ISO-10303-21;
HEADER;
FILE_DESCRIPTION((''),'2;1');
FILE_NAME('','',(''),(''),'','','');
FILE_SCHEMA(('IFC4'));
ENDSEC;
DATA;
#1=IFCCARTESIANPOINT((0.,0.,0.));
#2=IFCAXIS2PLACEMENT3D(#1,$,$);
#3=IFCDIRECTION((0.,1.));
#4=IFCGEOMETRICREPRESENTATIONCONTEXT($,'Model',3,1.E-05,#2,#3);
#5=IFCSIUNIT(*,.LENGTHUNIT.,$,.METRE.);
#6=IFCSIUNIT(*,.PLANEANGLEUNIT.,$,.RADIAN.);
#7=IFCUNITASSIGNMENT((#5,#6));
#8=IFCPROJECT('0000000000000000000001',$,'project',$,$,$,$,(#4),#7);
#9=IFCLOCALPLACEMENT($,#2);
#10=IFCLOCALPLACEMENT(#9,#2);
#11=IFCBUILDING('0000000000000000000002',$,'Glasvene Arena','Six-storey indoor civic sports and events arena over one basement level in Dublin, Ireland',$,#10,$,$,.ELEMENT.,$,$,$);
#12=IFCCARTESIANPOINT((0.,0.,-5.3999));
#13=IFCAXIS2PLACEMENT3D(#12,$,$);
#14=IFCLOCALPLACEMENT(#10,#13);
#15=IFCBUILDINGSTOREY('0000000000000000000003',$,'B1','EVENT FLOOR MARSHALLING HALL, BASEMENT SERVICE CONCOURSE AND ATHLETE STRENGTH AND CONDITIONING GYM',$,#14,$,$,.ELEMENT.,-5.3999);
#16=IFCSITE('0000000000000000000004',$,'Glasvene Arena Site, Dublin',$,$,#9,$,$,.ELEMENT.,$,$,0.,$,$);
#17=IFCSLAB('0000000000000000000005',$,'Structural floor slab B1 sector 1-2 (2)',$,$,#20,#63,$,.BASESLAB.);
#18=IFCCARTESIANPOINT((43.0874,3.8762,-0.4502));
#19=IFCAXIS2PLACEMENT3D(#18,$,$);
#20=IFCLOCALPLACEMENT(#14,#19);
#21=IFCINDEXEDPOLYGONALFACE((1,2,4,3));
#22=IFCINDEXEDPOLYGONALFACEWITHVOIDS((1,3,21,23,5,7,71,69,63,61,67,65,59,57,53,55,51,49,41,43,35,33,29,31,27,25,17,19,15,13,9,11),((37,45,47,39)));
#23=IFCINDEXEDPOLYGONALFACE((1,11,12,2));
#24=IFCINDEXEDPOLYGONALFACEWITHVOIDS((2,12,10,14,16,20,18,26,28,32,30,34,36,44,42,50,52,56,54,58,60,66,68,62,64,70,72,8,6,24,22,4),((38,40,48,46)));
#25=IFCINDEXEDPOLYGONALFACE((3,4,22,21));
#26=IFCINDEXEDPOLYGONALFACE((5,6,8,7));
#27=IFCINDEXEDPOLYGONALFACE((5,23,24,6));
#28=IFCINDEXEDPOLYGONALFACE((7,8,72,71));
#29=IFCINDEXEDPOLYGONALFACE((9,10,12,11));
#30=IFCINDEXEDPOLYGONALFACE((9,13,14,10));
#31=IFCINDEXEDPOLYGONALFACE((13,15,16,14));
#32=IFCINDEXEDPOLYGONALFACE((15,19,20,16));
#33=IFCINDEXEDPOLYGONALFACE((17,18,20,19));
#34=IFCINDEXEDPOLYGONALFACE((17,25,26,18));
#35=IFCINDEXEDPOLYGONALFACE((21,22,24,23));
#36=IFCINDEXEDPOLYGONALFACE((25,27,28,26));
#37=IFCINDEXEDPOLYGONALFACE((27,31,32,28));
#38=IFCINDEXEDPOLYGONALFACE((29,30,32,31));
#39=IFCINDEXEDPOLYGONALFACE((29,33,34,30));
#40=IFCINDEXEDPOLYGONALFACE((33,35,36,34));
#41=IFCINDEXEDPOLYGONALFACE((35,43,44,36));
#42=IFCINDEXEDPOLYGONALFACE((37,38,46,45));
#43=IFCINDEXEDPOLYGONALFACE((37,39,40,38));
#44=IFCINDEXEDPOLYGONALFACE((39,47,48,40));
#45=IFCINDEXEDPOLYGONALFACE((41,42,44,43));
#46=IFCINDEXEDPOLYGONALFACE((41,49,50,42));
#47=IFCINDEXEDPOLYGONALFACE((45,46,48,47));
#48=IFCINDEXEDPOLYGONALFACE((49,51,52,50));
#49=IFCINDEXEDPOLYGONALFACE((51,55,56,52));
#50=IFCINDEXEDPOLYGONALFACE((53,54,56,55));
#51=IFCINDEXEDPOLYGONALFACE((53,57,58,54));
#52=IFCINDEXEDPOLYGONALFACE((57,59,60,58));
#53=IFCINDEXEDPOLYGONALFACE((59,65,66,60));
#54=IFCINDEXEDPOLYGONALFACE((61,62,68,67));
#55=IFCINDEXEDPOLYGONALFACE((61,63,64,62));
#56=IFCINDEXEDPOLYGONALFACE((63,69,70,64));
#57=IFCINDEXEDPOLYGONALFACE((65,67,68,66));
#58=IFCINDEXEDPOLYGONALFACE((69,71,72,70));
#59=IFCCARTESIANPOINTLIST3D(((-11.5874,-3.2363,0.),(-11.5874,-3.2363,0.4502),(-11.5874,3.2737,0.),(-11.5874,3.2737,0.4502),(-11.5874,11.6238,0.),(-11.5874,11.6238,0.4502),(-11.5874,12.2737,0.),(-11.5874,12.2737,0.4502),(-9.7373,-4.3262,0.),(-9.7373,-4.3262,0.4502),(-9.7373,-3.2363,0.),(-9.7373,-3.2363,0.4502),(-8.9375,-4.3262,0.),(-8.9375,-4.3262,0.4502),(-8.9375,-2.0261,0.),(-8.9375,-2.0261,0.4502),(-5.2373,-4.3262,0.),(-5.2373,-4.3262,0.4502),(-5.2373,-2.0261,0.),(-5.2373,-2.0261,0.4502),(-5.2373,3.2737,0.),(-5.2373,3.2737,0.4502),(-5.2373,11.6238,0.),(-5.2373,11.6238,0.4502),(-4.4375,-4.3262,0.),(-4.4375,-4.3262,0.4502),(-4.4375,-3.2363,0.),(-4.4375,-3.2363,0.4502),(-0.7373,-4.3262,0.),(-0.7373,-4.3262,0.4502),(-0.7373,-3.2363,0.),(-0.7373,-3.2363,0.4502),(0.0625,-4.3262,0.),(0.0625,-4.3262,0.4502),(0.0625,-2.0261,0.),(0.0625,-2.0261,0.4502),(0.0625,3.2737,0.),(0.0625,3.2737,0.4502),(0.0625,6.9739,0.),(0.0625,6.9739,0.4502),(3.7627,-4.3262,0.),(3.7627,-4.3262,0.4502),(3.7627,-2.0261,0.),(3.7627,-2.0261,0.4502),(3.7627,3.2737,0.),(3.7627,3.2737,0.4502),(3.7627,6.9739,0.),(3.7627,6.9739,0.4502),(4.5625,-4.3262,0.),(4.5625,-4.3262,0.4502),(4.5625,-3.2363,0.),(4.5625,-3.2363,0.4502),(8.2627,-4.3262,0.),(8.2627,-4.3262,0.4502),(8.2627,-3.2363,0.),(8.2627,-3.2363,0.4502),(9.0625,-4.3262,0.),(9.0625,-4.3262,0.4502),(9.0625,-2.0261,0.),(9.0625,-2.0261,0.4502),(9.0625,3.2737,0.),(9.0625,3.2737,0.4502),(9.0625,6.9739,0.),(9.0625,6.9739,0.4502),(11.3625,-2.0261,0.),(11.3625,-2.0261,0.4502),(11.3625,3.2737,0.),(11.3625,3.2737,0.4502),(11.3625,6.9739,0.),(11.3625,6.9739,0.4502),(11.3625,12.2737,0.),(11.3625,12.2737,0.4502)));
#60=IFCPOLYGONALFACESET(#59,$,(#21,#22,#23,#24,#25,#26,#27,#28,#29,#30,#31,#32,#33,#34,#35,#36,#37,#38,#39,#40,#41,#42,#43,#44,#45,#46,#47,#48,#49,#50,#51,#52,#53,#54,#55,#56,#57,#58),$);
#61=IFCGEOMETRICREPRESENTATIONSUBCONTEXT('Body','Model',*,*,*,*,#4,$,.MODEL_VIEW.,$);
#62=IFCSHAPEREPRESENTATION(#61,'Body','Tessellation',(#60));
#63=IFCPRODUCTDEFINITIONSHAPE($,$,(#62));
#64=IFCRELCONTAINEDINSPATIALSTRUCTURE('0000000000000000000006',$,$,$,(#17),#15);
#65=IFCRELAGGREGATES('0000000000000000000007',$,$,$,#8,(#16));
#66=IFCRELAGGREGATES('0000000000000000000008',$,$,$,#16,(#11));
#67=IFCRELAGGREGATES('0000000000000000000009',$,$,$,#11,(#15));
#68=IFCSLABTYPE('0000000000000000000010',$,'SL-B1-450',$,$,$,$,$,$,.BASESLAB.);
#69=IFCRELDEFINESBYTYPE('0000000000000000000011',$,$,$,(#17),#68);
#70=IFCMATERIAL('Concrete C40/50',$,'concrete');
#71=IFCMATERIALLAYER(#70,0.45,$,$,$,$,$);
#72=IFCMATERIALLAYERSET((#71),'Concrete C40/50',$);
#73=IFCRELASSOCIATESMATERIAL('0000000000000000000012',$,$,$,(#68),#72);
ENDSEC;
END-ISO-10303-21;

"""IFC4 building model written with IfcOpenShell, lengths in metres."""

from ifc_helpers import new_model, si_unit, direction, frame, origin, place, context, subcontext, project, spatial, polyline, outline, extrude, material, layer, layer_set, type_object, element, save


model = new_model("IFC4")

# Units and contexts
model_context = context("Model", 3, precision=1e-05, world=origin(), true_north=direction((0.0, 1.0)))
body_context = subcontext(model_context, "Body", "Model", "MODEL_VIEW")
ifc_project = project(units=[si_unit("LENGTHUNIT", "METRE"), si_unit("PLANEANGLEUNIT", "RADIAN")], contexts=[model_context])

# Site, building, storey
site_placement = place(None, origin())
site = spatial("IfcSite", under=ifc_project, at=site_placement, Name="Glasvene Arena Site, Dublin", CompositionType="ELEMENT", RefElevation=0.0)
building_placement = place(site_placement, origin())
building = spatial("IfcBuilding", under=site, at=building_placement, Name="Glasvene Arena", Description="Six-storey indoor civic sports and events arena over one basement level in Dublin, Ireland", CompositionType="ELEMENT")
storey_placement = place(building_placement, frame((0.0, 0.0, -5.3999)))
storey = spatial("IfcBuildingStorey", under=building, at=storey_placement, Name="B1", Description="EVENT FLOOR MARSHALLING HALL, BASEMENT SERVICE CONCOURSE AND ATHLETE STRENGTH AND CONDITIONING GYM", CompositionType="ELEMENT", Elevation=-5.3999)

# Shared definitions
ifc_material_1 = material(Name="Concrete C40/50", Category="concrete")

# Slab
ifc_layer_1 = layer(ifc_material_1, 0.45)
ifc_layer_set_1 = layer_set([ifc_layer_1], Name="Concrete C40/50")
slab_type = type_object("IfcSlabType", Name="SL-B1-450", PredefinedType="BASESLAB", material=ifc_layer_set_1)
slab_placement = place(storey_placement, frame((43.0874, 3.8762, -0.4502)))
element("IfcSlab", 1, at=slab_placement, inside=storey, type_object=slab_type, Name="Structural floor slab B1 sector 1-2 (2)", PredefinedType="BASESLAB", context=body_context, shape_type="SweptSolid", body=[
    extrude(outline(polyline([(11.3625, 12.2737), (11.3625, 6.9739), (9.0625, 6.9739), (9.0625, 3.2737), (11.3625, 3.2737), (11.3625, -2.0261), (9.0625, -2.0261), (9.0625, -4.3262), (8.2627, -4.3262), (8.2627, -3.2363), (4.5625, -3.2363), (4.5625, -4.3262), (3.7627, -4.3262), (3.7627, -2.0261), (0.0625, -2.0261), (0.0625, -4.3262), (-0.7373, -4.3262), (-0.7373, -3.2363), (-4.4375, -3.2363), (-4.4375, -4.3262), (-5.2373, -4.3262), (-5.2373, -2.0261), (-8.9375, -2.0261), (-8.9375, -4.3262), (-9.7373, -4.3262), (-9.7373, -3.2363), (-11.5874, -3.2363), (-11.5874, 3.2737), (-5.2373, 3.2737), (-5.2373, 11.6238), (-11.5874, 11.6238), (-11.5874, 12.2737), (11.3625, 12.2737)]), holes=[polyline([(0.0625, 3.2737), (3.7627, 3.2737), (3.7627, 6.9739), (0.0625, 6.9739), (0.0625, 3.2737)])]), origin(), (0.0, 0.0, 1.0), 0.4502),
])

save(model, "model.ifc")
